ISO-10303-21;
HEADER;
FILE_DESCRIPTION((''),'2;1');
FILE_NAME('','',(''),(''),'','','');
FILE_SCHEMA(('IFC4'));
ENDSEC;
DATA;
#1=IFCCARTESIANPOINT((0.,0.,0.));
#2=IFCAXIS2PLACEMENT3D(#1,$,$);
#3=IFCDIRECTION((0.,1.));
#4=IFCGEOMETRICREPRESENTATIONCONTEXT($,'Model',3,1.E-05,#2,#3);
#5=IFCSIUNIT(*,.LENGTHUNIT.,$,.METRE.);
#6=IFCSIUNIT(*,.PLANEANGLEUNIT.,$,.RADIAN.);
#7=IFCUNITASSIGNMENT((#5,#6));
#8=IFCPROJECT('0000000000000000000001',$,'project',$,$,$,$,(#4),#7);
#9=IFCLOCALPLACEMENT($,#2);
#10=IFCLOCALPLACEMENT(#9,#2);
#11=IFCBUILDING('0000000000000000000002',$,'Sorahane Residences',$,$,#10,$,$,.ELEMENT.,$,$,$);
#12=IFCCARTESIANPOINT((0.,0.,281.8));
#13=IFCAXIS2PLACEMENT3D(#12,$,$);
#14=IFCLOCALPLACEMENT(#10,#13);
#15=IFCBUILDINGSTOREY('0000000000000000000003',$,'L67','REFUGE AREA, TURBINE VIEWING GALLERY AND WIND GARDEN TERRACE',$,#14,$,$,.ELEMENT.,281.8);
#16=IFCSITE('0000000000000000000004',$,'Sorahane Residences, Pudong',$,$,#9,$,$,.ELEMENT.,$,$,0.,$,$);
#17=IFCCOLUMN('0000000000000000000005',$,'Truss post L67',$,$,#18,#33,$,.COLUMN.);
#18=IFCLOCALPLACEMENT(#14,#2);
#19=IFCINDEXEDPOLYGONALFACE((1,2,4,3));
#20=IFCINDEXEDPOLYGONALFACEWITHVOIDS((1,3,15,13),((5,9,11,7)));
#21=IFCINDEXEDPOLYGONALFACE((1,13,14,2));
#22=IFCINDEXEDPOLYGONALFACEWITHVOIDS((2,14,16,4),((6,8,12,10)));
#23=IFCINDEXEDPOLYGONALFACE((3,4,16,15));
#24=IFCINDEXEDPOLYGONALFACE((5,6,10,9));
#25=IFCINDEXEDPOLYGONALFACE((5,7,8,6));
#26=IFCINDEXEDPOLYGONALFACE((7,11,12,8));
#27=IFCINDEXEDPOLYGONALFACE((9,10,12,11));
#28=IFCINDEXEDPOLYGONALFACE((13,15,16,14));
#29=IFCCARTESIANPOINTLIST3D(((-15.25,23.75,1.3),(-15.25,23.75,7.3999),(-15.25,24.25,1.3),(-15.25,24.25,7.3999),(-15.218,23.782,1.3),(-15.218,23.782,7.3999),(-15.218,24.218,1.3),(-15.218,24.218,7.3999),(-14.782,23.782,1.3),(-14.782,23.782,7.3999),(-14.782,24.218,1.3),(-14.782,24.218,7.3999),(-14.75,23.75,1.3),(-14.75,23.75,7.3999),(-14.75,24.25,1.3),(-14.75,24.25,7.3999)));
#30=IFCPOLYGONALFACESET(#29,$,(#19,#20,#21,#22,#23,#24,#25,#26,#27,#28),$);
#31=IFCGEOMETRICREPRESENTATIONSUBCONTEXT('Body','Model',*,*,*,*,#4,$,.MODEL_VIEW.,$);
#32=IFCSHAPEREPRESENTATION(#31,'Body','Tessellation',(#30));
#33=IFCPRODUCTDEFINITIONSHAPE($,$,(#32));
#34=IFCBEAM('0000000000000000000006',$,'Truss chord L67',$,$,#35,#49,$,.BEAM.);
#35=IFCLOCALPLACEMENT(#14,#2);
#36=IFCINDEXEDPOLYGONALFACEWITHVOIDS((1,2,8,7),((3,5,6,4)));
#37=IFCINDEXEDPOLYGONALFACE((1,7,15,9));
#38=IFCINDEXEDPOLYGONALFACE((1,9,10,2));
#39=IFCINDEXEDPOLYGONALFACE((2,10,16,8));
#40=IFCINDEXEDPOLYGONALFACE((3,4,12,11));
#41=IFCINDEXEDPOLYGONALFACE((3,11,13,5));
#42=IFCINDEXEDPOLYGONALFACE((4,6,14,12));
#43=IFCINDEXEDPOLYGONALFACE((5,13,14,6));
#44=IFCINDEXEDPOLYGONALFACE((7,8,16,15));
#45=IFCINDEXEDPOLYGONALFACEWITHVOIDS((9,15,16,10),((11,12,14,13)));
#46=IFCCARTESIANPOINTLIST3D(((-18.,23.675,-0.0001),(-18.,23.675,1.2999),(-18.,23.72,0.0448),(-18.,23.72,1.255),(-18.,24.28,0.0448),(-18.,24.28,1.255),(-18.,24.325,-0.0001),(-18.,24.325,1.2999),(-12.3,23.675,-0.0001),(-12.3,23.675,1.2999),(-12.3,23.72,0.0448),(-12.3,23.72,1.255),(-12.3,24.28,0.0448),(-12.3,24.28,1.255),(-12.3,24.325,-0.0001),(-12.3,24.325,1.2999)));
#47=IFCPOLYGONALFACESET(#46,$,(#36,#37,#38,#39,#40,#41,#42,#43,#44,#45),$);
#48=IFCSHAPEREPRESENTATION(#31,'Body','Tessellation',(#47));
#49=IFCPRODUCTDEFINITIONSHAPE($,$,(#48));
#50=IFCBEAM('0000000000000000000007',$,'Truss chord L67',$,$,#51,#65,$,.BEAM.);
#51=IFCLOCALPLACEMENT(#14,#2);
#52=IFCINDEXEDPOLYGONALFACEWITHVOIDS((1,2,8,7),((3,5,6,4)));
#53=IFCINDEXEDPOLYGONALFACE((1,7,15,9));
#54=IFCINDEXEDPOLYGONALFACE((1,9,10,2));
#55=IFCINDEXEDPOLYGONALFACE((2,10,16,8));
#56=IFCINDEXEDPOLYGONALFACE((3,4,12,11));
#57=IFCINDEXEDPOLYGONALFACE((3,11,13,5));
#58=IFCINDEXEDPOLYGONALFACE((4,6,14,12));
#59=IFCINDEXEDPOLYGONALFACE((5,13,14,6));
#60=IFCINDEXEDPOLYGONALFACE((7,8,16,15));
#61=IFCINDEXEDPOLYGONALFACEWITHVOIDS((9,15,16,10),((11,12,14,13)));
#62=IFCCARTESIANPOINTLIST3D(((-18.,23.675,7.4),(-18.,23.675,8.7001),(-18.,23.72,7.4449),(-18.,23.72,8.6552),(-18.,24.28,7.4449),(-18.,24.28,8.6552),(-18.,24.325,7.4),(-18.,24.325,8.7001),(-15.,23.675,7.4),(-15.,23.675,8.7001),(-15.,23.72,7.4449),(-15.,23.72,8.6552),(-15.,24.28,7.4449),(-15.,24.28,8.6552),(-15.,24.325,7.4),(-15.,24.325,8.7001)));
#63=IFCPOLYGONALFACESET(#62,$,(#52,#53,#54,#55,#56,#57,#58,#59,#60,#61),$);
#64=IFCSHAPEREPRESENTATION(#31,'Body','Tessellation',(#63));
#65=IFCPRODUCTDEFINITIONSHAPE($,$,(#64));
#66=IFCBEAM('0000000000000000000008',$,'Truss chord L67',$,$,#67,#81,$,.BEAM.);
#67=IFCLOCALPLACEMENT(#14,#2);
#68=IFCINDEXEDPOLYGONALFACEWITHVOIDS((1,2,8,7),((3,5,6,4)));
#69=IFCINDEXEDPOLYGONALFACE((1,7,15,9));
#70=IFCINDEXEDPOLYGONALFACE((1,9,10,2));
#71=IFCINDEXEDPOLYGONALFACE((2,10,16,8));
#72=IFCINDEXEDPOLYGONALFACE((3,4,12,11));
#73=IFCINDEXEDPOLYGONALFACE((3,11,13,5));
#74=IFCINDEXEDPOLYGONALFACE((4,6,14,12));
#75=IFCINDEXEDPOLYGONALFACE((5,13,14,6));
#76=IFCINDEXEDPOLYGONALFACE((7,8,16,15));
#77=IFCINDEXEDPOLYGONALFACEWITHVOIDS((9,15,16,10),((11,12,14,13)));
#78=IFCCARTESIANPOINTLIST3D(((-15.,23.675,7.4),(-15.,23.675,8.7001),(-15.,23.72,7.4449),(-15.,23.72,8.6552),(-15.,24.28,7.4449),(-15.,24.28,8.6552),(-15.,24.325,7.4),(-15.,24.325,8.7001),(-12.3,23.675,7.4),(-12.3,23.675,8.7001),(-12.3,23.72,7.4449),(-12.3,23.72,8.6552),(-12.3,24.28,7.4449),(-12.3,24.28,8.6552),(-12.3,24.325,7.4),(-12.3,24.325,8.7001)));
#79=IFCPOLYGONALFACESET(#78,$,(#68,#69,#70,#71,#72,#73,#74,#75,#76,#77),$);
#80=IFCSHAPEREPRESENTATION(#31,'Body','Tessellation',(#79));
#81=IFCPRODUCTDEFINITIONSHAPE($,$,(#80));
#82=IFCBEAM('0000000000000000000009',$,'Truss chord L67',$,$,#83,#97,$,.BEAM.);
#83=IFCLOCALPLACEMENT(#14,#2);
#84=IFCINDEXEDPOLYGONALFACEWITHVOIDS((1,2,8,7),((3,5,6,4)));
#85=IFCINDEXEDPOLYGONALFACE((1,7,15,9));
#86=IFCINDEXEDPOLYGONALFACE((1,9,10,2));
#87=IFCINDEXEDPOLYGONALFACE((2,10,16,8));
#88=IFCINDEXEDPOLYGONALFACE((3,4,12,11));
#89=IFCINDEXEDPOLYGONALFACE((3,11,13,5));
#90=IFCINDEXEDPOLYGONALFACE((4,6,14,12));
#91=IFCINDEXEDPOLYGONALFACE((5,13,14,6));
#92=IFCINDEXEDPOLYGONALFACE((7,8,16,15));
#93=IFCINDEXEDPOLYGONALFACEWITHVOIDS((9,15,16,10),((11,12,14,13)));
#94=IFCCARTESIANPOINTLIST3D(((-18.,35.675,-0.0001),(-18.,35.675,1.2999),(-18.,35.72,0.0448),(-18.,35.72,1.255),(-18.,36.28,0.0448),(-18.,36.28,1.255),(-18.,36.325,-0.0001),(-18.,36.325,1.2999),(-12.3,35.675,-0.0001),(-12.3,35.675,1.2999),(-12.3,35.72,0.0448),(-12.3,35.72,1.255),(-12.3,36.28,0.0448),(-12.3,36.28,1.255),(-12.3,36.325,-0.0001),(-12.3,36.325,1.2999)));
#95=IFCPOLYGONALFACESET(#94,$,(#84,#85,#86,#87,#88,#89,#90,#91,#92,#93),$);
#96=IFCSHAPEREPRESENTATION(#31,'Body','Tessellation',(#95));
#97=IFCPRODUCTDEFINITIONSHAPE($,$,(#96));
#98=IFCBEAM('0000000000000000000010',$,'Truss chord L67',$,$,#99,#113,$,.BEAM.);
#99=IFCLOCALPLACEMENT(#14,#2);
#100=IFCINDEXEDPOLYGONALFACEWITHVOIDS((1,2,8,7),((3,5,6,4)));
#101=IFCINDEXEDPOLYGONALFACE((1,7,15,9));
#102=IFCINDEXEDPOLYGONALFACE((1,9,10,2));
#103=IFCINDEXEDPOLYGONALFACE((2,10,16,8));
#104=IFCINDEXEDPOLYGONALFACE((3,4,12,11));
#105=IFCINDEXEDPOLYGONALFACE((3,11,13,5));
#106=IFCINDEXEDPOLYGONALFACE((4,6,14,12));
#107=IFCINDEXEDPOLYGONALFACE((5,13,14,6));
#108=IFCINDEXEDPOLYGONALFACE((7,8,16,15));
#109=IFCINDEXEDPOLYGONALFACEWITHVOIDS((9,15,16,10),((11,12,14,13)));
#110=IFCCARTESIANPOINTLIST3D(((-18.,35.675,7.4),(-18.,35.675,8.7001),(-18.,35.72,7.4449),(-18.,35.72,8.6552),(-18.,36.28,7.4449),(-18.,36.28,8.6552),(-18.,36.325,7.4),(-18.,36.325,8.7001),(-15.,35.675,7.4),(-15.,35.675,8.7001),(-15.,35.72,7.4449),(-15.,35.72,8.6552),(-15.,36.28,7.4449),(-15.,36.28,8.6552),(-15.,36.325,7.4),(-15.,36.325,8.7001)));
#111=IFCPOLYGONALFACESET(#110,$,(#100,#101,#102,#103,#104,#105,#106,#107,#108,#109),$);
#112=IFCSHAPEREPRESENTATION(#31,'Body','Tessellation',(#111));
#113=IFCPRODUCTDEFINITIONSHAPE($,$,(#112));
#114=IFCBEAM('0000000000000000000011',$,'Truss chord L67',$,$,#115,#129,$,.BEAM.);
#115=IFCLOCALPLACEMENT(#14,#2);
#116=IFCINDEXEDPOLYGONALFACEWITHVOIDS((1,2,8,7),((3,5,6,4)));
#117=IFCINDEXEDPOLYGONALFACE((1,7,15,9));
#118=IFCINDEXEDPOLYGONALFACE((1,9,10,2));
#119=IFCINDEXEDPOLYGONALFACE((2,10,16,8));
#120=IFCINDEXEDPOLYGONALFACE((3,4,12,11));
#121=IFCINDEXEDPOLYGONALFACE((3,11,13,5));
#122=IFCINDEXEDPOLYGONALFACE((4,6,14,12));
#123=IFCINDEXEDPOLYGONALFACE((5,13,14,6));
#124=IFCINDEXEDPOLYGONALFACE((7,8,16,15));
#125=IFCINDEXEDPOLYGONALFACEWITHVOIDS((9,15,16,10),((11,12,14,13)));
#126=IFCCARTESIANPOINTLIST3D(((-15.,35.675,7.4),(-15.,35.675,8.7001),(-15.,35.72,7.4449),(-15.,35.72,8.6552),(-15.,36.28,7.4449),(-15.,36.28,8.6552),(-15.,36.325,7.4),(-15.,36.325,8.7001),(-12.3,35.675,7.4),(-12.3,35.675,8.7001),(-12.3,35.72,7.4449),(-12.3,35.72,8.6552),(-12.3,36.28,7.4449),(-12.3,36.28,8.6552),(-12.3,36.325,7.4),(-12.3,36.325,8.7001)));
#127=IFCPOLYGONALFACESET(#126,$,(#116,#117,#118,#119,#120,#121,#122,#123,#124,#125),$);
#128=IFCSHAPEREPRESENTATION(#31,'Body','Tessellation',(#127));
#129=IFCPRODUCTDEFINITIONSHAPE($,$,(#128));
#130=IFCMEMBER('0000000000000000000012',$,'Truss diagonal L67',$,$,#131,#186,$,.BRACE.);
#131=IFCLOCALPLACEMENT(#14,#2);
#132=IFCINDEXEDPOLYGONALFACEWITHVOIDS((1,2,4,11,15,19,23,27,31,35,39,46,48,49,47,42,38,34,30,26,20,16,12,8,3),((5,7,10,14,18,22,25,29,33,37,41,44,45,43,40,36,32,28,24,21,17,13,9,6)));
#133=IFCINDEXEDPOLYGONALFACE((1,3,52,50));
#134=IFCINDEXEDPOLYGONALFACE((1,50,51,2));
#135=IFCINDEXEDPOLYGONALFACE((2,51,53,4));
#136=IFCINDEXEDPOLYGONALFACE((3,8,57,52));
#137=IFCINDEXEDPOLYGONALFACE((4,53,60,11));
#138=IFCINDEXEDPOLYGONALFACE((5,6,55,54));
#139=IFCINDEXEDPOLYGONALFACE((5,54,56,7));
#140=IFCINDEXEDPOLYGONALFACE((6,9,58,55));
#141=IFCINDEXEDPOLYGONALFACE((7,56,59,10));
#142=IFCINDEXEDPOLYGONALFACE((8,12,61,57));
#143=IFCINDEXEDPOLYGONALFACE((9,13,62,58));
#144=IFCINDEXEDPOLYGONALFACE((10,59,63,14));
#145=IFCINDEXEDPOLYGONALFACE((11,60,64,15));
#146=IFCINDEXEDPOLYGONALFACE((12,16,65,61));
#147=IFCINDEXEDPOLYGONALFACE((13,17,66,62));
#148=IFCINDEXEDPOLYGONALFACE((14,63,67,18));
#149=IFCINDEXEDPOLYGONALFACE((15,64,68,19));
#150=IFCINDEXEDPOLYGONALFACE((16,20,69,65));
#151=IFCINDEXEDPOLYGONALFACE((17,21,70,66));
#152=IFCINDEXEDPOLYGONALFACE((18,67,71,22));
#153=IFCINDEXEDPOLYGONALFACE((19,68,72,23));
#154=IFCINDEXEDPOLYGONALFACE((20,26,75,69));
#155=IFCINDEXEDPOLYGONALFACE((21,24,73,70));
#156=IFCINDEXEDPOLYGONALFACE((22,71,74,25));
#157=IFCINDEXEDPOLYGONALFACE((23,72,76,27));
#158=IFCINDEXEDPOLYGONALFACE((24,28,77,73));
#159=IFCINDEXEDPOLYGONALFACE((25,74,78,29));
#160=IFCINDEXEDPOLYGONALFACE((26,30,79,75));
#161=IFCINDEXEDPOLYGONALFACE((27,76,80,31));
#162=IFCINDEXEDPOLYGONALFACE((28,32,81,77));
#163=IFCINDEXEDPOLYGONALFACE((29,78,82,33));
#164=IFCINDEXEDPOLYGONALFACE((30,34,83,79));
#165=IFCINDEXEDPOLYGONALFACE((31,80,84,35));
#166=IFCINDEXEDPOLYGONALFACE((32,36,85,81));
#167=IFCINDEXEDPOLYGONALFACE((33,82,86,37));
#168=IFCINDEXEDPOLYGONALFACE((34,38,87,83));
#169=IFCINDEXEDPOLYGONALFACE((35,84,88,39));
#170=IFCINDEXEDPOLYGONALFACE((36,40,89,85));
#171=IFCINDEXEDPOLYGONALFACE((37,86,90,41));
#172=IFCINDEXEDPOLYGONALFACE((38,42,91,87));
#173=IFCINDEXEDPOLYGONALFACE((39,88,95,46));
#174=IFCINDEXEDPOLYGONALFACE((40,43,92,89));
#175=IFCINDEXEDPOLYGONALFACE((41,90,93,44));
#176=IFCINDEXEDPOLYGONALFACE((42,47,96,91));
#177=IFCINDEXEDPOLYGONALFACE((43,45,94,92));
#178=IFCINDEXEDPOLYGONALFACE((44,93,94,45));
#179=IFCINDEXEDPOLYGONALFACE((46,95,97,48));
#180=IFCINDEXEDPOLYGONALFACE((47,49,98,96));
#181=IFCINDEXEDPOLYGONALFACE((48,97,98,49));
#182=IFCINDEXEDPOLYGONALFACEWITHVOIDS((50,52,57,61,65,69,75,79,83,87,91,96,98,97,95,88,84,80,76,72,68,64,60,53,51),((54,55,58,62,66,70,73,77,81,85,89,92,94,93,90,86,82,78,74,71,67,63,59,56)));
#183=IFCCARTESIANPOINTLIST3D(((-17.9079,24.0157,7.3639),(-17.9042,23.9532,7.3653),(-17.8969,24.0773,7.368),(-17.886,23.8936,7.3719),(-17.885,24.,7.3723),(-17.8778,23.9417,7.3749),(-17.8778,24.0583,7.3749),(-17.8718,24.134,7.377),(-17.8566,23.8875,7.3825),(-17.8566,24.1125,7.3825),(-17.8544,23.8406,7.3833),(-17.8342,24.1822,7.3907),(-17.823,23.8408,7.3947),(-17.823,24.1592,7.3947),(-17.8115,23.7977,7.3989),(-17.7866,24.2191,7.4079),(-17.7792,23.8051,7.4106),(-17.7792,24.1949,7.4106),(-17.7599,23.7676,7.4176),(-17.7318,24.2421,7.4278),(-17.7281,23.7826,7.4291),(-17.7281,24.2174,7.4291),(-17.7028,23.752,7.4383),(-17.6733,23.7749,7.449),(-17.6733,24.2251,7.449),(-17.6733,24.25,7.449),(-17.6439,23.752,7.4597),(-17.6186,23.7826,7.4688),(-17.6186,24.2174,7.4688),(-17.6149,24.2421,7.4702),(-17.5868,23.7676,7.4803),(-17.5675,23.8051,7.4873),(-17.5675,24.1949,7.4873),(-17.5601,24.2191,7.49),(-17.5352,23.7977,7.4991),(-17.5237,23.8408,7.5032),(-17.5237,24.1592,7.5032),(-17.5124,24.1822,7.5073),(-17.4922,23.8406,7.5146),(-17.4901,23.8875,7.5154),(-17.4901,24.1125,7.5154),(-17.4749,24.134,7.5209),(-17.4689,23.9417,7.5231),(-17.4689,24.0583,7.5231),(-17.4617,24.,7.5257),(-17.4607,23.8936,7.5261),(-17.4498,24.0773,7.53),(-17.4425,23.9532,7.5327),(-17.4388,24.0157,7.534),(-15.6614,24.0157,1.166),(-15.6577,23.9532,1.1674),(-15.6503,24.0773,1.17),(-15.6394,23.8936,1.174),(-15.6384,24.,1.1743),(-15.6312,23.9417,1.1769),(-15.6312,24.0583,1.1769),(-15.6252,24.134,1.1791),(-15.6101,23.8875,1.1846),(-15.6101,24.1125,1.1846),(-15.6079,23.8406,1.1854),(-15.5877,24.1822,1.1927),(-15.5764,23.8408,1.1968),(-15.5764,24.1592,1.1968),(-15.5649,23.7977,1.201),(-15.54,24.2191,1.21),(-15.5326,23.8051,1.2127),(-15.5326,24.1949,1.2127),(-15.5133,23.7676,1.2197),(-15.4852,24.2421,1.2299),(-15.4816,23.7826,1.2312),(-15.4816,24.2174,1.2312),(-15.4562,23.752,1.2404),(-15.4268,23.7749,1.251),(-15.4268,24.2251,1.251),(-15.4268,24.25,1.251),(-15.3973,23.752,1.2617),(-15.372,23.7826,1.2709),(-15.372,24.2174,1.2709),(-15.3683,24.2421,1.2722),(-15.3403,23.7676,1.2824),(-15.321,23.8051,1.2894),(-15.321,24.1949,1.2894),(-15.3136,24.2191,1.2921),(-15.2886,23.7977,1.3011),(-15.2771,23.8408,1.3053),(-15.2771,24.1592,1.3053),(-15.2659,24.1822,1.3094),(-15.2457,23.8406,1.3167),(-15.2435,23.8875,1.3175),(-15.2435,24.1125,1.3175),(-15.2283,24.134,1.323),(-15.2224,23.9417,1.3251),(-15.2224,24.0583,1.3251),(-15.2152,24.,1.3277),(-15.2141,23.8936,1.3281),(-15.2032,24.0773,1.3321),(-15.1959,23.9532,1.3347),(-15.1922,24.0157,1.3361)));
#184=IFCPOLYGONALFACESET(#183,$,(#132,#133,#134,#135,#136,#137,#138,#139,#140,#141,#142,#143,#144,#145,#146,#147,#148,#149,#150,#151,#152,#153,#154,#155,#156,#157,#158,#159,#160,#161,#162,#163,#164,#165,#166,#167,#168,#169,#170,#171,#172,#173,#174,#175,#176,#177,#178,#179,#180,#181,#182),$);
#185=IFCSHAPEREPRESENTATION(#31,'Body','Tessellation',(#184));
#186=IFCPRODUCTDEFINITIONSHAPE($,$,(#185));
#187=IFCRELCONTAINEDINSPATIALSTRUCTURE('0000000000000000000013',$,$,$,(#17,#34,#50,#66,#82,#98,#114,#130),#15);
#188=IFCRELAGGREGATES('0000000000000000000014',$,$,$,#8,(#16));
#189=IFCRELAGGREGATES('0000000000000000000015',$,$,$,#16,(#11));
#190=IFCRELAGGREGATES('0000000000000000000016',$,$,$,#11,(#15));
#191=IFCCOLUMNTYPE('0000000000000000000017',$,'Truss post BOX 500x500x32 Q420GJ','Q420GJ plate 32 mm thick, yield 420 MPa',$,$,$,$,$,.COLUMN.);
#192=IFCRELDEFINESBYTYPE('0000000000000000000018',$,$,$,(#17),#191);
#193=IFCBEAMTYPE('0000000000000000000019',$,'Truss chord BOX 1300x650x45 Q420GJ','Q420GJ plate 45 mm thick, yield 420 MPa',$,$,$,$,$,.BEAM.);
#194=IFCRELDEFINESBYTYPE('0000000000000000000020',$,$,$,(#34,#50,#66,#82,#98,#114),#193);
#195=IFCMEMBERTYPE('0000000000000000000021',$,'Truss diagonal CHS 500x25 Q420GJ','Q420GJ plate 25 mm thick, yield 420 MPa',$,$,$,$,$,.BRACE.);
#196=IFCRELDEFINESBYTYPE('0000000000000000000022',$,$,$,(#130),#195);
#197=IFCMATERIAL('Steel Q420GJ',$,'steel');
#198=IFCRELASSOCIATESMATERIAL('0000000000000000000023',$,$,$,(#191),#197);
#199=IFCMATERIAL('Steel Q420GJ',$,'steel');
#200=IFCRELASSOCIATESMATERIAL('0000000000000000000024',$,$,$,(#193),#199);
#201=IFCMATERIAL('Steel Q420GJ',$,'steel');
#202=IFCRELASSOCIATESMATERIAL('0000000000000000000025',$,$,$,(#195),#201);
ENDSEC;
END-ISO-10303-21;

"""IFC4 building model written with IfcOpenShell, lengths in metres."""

from ifc_helpers import new_model, si_unit, direction, frame, origin, origin_2d, place, context, subcontext, project, spatial, hollow_rectangle, hollow_circle, extrude, material, material_profile, profile_set, type_object, element, save


model = new_model("IFC4")

# Units and contexts
model_context = context("Model", 3, precision=1e-05, world=origin(), true_north=direction((0.0, 1.0)))
body_context = subcontext(model_context, "Body", "Model", "MODEL_VIEW")
ifc_project = project(units=[si_unit("LENGTHUNIT", "METRE"), si_unit("PLANEANGLEUNIT", "RADIAN")], contexts=[model_context])

# Site, building, storey
site_placement = place(None, origin())
site = spatial("IfcSite", under=ifc_project, at=site_placement, Name="Sorahane Residences, Pudong", CompositionType="ELEMENT", RefElevation=0.0)
building_placement = place(site_placement, origin())
building = spatial("IfcBuilding", under=site, at=building_placement, Name="Sorahane Residences", CompositionType="ELEMENT")
storey_placement = place(building_placement, frame((0.0, 0.0, 281.8)))
storey = spatial("IfcBuildingStorey", under=building, at=storey_placement, Name="L67", Description="REFUGE AREA, TURBINE VIEWING GALLERY AND WIND GARDEN TERRACE", CompositionType="ELEMENT", Elevation=281.8)

# Column
ifc_material_1 = material(Name="Steel Q420GJ", Category="steel")
ifc_material_profile_1 = material_profile(ifc_material_1, hollow_rectangle(XDim=0.5, YDim=0.5, WallThickness=0.032, at=origin_2d()), Name="BOX 500x500x32")
ifc_profile_set_1 = profile_set([ifc_material_profile_1], Name="Steel Q420GJ")
column_type = type_object("IfcColumnType", Name="Truss post BOX 500x500x32 Q420GJ", Description="Q420GJ plate 32 mm thick, yield 420 MPa", PredefinedType="COLUMN", material=ifc_profile_set_1)
column_placement = place(storey_placement, frame((-15.0, 24.0, 1.3), z_axis=(0.0, 0.0, 1.0), x_axis=(1.0, 0.0, 0.0)))
element("IfcColumn", 1, at=column_placement, inside=storey, type_object=column_type, Name="Truss post L67", PredefinedType="COLUMN", context=body_context, shape_type="SweptSolid", body=[
    extrude(hollow_rectangle(XDim=0.5, YDim=0.5, WallThickness=0.032, at=origin_2d()), origin(), (0.0, 0.0, 1.0), 6.0999),
])

# Beams
ifc_material_2 = material(Name="Steel Q420GJ", Category="steel")
ifc_material_profile_2 = material_profile(ifc_material_2, hollow_rectangle(XDim=0.6499, YDim=1.3, WallThickness=0.0449, at=origin_2d()), Name="BOX 1300x650x45")
ifc_profile_set_2 = profile_set([ifc_material_profile_2], Name="Steel Q420GJ")
beam_type = type_object("IfcBeamType", Name="Truss chord BOX 1300x650x45 Q420GJ", Description="Q420GJ plate 45 mm thick, yield 420 MPa", PredefinedType="BEAM", material=ifc_profile_set_2)
beam_1_placement = place(storey_placement, frame((-18.0, 24.0, 0.6499), z_axis=(1.0, 0.0, 0.0), x_axis=(0.0, 1.0, 0.0)))
element("IfcBeam", 2, at=beam_1_placement, inside=storey, type_object=beam_type, Name="Truss chord L67", PredefinedType="BEAM", context=body_context, shape_type="SweptSolid", body=[
    extrude(hollow_rectangle(XDim=0.6499, YDim=1.3, WallThickness=0.0449, at=origin_2d()), origin(), (0.0, 0.0, 1.0), 5.7),
])
beam_2_placement = place(storey_placement, frame((-18.0, 24.0, 8.05), z_axis=(1.0, 0.0, 0.0), x_axis=(0.0, 1.0, 0.0)))
element("IfcBeam", 3, at=beam_2_placement, inside=storey, type_object=beam_type, Name="Truss chord L67", PredefinedType="BEAM", context=body_context, shape_type="SweptSolid", body=[
    extrude(hollow_rectangle(XDim=0.6499, YDim=1.3, WallThickness=0.0449, at=origin_2d()), origin(), (0.0, 0.0, 1.0), 3.0),
])
beam_3_placement = place(storey_placement, frame((-15.0, 24.0, 8.05), z_axis=(1.0, 0.0, 0.0), x_axis=(0.0, 1.0, 0.0)))
element("IfcBeam", 4, at=beam_3_placement, inside=storey, type_object=beam_type, Name="Truss chord L67", PredefinedType="BEAM", context=body_context, shape_type="SweptSolid", body=[
    extrude(hollow_rectangle(XDim=0.6499, YDim=1.3, WallThickness=0.0449, at=origin_2d()), origin(), (0.0, 0.0, 1.0), 2.7),
])
beam_4_placement = place(storey_placement, frame((-18.0, 36.0, 0.6499), z_axis=(1.0, 0.0, 0.0), x_axis=(0.0, 1.0, 0.0)))
element("IfcBeam", 5, at=beam_4_placement, inside=storey, type_object=beam_type, Name="Truss chord L67", PredefinedType="BEAM", context=body_context, shape_type="SweptSolid", body=[
    extrude(hollow_rectangle(XDim=0.6499, YDim=1.3, WallThickness=0.0449, at=origin_2d()), origin(), (0.0, 0.0, 1.0), 5.7),
])
beam_5_placement = place(storey_placement, frame((-18.0, 36.0, 8.05), z_axis=(1.0, 0.0, 0.0), x_axis=(0.0, 1.0, 0.0)))
element("IfcBeam", 6, at=beam_5_placement, inside=storey, type_object=beam_type, Name="Truss chord L67", PredefinedType="BEAM", context=body_context, shape_type="SweptSolid", body=[
    extrude(hollow_rectangle(XDim=0.6499, YDim=1.3, WallThickness=0.0449, at=origin_2d()), origin(), (0.0, 0.0, 1.0), 3.0),
])
beam_6_placement = place(storey_placement, frame((-15.0, 36.0, 8.05), z_axis=(1.0, 0.0, 0.0), x_axis=(0.0, 1.0, 0.0)))
element("IfcBeam", 7, at=beam_6_placement, inside=storey, type_object=beam_type, Name="Truss chord L67", PredefinedType="BEAM", context=body_context, shape_type="SweptSolid", body=[
    extrude(hollow_rectangle(XDim=0.6499, YDim=1.3, WallThickness=0.0449, at=origin_2d()), origin(), (0.0, 0.0, 1.0), 2.7),
])

# Member
ifc_material_3 = material(Name="Steel Q420GJ", Category="steel")
ifc_material_profile_3 = material_profile(ifc_material_3, hollow_circle(Radius=0.25, WallThickness=0.0249, at=origin_2d()), Name="CHS 500x25")
ifc_profile_set_3 = profile_set([ifc_material_profile_3], Name="Steel Q420GJ")
member_type = type_object("IfcMemberType", Name="Truss diagonal CHS 500x25 Q420GJ", Description="Q420GJ plate 25 mm thick, yield 420 MPa", PredefinedType="BRACE", material=ifc_profile_set_3)
member_1_placement = place(storey_placement, frame((-17.6733, 24.0, 7.449), z_axis=(0.340774, 0.0, -0.940145), x_axis=(0.0, 1.0, 0.0)))
element("IfcMember", 8, at=member_1_placement, inside=storey, type_object=member_type, Name="Truss diagonal L67", PredefinedType="BRACE", context=body_context, shape_type="SweptSolid", body=[
    extrude(hollow_circle(Radius=0.25, WallThickness=0.0249, at=origin_2d()), origin(), (0.0, 0.0, 1.0), 6.5925),
])

save(model, "model.ifc")
